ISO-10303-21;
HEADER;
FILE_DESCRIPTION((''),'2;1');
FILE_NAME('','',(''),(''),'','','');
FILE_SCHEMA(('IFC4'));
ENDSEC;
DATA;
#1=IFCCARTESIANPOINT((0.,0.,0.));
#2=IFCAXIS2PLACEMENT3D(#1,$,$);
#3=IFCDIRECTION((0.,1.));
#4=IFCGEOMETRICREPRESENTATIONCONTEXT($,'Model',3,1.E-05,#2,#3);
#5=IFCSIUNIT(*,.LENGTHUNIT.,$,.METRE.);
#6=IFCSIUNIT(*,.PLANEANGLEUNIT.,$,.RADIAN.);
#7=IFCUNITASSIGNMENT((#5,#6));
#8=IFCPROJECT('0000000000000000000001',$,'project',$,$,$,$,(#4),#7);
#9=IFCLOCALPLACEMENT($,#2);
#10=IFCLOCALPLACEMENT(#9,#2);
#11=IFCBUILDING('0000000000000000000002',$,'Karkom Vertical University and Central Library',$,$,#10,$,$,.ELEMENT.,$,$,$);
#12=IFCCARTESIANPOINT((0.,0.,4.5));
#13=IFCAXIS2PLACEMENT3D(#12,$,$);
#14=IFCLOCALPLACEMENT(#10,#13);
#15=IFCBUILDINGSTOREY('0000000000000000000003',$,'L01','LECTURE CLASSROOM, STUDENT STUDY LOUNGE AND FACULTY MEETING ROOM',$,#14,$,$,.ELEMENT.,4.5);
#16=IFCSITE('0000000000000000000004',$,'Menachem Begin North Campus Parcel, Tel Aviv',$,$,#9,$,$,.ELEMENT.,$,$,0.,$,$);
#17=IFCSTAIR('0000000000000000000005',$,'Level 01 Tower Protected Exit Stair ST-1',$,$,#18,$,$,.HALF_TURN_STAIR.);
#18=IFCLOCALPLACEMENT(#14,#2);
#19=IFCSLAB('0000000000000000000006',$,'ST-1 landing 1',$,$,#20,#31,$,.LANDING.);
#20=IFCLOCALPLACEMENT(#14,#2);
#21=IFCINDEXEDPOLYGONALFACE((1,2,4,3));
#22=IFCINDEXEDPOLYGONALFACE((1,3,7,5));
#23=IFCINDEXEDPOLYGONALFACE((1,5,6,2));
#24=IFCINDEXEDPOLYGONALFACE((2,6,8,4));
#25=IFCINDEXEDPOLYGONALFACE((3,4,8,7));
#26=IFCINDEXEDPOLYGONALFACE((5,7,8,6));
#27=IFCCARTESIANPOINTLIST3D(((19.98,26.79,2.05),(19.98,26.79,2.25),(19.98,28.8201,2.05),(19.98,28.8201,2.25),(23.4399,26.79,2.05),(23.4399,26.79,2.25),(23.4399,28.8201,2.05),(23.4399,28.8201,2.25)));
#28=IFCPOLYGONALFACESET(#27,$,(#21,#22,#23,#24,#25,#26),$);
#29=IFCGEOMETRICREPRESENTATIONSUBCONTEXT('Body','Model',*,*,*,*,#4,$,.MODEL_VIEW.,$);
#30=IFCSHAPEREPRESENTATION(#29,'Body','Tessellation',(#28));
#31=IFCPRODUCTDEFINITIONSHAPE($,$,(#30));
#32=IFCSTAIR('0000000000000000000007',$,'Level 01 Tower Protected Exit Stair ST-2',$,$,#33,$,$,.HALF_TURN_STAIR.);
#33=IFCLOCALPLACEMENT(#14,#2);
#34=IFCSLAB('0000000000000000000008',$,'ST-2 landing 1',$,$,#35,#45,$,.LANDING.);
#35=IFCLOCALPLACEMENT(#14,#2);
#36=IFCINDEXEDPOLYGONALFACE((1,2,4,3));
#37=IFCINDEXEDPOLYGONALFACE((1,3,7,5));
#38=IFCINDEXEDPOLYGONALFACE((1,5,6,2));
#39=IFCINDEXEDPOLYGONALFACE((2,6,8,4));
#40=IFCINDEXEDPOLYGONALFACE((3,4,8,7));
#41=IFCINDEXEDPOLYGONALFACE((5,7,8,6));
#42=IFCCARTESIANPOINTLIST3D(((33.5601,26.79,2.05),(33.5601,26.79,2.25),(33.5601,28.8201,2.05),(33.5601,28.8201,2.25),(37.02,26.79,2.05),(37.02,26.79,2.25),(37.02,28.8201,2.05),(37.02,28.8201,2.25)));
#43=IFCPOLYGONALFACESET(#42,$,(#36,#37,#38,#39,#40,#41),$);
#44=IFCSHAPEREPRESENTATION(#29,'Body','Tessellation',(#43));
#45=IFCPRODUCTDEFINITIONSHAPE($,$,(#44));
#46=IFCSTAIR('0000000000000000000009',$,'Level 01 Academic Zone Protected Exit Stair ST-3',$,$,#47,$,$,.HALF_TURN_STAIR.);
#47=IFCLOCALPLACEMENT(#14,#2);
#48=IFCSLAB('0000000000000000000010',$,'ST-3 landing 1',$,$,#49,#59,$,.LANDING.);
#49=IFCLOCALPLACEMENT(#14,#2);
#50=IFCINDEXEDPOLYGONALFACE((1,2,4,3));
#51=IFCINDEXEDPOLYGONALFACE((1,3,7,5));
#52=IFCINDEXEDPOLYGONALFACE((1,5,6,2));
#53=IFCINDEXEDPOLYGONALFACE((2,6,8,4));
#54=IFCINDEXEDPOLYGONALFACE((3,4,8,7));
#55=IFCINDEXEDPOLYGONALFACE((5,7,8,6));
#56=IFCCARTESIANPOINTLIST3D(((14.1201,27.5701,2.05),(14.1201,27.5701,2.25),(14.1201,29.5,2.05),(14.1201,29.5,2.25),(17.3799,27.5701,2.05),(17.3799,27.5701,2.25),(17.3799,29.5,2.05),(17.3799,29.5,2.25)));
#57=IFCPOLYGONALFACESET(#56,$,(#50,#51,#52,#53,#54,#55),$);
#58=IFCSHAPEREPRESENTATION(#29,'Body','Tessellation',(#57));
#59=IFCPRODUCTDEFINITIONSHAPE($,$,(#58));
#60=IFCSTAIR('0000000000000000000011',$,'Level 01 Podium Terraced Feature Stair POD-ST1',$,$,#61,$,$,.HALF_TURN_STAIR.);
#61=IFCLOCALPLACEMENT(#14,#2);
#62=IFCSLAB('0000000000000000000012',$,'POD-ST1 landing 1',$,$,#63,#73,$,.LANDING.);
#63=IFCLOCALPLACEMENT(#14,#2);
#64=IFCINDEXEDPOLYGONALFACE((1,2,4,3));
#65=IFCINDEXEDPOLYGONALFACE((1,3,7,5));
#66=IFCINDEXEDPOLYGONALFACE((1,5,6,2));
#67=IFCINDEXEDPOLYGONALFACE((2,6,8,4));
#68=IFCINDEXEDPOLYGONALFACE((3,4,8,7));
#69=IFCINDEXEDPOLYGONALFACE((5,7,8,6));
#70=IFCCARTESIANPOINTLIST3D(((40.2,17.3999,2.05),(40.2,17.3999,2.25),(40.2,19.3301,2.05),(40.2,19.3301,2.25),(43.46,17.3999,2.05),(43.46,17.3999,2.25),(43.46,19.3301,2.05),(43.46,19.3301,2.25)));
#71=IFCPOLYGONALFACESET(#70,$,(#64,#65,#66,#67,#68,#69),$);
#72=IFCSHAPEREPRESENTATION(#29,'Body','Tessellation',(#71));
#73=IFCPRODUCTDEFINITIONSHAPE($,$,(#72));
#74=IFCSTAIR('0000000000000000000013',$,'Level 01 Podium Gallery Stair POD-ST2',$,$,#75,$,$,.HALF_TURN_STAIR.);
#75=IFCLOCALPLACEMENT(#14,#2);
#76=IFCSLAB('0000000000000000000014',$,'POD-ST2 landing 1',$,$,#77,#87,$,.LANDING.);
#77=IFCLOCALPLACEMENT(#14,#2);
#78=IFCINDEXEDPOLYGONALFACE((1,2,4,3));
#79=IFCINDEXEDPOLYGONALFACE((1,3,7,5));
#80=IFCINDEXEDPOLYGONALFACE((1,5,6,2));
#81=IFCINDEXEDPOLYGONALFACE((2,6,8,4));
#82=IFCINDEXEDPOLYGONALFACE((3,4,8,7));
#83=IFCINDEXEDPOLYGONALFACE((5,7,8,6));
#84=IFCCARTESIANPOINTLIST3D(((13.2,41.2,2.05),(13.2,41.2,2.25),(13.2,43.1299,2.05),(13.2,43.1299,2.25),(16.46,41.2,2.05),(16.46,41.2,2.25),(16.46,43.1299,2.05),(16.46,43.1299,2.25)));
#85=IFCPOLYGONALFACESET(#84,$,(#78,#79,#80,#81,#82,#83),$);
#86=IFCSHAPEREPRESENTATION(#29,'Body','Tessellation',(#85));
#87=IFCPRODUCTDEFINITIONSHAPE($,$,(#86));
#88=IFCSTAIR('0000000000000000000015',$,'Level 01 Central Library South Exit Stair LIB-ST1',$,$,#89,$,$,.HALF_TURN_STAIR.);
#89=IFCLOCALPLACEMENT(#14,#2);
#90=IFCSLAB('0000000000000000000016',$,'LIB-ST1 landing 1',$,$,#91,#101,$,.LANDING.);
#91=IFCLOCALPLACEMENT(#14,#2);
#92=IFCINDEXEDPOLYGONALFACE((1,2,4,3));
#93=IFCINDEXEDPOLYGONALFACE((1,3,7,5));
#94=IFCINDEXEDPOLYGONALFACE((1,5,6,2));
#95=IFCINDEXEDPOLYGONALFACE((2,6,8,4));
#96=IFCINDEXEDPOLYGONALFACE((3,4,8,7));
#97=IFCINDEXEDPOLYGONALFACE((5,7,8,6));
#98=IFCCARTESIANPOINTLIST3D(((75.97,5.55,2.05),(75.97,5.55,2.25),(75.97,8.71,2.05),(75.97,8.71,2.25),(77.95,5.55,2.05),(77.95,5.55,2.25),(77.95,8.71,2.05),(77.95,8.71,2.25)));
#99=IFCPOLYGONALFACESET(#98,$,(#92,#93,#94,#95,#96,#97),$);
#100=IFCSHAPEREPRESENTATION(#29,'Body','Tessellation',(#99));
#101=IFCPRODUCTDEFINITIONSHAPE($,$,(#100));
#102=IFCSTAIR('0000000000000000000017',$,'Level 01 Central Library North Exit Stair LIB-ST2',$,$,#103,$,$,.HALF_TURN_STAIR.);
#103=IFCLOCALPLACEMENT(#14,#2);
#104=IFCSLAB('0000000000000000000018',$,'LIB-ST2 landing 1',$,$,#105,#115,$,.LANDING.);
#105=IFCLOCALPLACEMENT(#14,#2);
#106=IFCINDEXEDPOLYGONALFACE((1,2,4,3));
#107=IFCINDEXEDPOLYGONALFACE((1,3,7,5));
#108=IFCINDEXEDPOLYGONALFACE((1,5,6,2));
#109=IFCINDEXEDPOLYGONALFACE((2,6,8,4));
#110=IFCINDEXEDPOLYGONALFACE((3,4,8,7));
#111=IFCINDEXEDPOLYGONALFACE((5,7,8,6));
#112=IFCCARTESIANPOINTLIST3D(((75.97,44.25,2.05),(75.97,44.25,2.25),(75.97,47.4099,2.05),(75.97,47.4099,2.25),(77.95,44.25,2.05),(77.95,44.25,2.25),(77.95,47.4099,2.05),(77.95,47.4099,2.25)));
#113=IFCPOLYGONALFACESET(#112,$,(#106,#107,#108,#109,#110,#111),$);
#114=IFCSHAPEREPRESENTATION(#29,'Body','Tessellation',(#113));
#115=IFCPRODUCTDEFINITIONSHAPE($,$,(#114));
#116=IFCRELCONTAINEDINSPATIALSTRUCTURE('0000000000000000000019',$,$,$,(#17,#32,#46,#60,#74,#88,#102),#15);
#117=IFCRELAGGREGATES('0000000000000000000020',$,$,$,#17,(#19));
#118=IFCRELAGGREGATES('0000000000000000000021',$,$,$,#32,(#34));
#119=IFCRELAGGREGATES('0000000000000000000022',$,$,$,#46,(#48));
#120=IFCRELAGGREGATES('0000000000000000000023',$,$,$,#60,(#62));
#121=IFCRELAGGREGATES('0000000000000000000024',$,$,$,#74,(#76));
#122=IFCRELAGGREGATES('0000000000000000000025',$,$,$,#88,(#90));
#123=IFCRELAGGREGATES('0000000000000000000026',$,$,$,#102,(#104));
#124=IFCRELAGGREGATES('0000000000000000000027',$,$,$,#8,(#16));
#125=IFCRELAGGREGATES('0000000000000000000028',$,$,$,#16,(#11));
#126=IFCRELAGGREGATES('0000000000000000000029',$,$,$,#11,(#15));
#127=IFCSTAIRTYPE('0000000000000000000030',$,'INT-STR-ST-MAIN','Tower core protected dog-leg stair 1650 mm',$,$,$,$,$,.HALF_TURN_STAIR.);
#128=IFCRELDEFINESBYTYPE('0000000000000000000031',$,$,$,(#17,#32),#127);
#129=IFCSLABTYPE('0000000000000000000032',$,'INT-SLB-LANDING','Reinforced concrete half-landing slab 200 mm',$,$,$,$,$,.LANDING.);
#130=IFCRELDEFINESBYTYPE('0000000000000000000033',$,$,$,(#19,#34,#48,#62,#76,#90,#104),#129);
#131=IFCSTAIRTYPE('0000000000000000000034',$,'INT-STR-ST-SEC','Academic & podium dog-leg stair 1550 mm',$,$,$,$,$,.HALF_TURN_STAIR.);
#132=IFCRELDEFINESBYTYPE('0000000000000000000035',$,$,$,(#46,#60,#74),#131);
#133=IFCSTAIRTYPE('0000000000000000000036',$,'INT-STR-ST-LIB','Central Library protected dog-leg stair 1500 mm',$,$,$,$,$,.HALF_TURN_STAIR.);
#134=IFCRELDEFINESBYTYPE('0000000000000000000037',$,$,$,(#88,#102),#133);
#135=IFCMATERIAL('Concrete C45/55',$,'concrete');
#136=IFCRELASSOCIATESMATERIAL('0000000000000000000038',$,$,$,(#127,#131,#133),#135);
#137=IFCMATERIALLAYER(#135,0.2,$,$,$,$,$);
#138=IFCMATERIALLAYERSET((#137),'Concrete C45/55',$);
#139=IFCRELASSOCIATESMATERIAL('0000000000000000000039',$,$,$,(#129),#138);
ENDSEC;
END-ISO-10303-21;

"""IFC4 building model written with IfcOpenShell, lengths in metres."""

from ifc_helpers import new_model, si_unit, direction, frame, origin, place, context, subcontext, project, spatial, polyline, outline, extrude, material, layer, layer_set, type_object, element, aggregate, save


model = new_model("IFC4")

# Units and contexts
model_context = context("Model", 3, precision=1e-05, world=origin(), true_north=direction((0.0, 1.0)))
body_context = subcontext(model_context, "Body", "Model", "MODEL_VIEW")
ifc_project = project(units=[si_unit("LENGTHUNIT", "METRE"), si_unit("PLANEANGLEUNIT", "RADIAN")], contexts=[model_context])

# Site, building, storey
site_placement = place(None, origin())
site = spatial("IfcSite", under=ifc_project, at=site_placement, Name="Menachem Begin North Campus Parcel, Tel Aviv", CompositionType="ELEMENT", RefElevation=0.0)
building_placement = place(site_placement, origin())
building = spatial("IfcBuilding", under=site, at=building_placement, Name="Karkom Vertical University and Central Library", CompositionType="ELEMENT")
storey_placement = place(building_placement, frame((0.0, 0.0, 4.5)))
storey = spatial("IfcBuildingStorey", under=building, at=storey_placement, Name="L01", Description="LECTURE CLASSROOM, STUDENT STUDY LOUNGE AND FACULTY MEETING ROOM", CompositionType="ELEMENT", Elevation=4.5)

# Stairs, slabs
ifc_material_1 = material(Name="Concrete C45/55", Category="concrete")
stair_type_1 = type_object("IfcStairType", Name="INT-STR-ST-MAIN", Description="Tower core protected dog-leg stair 1650 mm", PredefinedType="HALF_TURN_STAIR", material=ifc_material_1)
stair_1_placement = place(storey_placement, origin())
stair_1 = element("IfcStair", 1, at=stair_1_placement, inside=storey, type_object=stair_type_1, Name="Level 01 Tower Protected Exit Stair ST-1", PredefinedType="HALF_TURN_STAIR")
ifc_layer_1 = layer(ifc_material_1, 0.2)
ifc_layer_set_1 = layer_set([ifc_layer_1], Name="Concrete C45/55")
slab_type_1 = type_object("IfcSlabType", Name="INT-SLB-LANDING", Description="Reinforced concrete half-landing slab 200 mm", PredefinedType="LANDING", material=ifc_layer_set_1)
slab_1_placement = place(storey_placement, frame((0.0, 0.0, 2.05)))
slab_1 = element("IfcSlab", 2, at=slab_1_placement, type_object=slab_type_1, Name="ST-1 landing 1", PredefinedType="LANDING", context=body_context, shape_type="SweptSolid", body=[
    extrude(outline(polyline([(23.4399, 26.79), (23.4399, 28.8201), (19.98, 28.8201), (19.98, 26.79), (23.4399, 26.79)])), origin(), (0.0, 0.0, 1.0), 0.2),
])
aggregate(stair_1, [slab_1])
stair_2_placement = place(storey_placement, origin())
stair_2 = element("IfcStair", 3, at=stair_2_placement, inside=storey, type_object=stair_type_1, Name="Level 01 Tower Protected Exit Stair ST-2", PredefinedType="HALF_TURN_STAIR")
slab_2_placement = place(storey_placement, frame((0.0, 0.0, 2.05)))
slab_2 = element("IfcSlab", 4, at=slab_2_placement, type_object=slab_type_1, Name="ST-2 landing 1", PredefinedType="LANDING", context=body_context, shape_type="SweptSolid", body=[
    extrude(outline(polyline([(37.02, 26.79), (37.02, 28.8201), (33.5601, 28.8201), (33.5601, 26.79), (37.02, 26.79)])), origin(), (0.0, 0.0, 1.0), 0.2),
])
aggregate(stair_2, [slab_2])
stair_type_2 = type_object("IfcStairType", Name="INT-STR-ST-SEC", Description="Academic & podium dog-leg stair 1550 mm", PredefinedType="HALF_TURN_STAIR", material=ifc_material_1)
stair_3_placement = place(storey_placement, origin())
stair_3 = element("IfcStair", 5, at=stair_3_placement, inside=storey, type_object=stair_type_2, Name="Level 01 Academic Zone Protected Exit Stair ST-3", PredefinedType="HALF_TURN_STAIR")
slab_3_placement = place(storey_placement, frame((0.0, 0.0, 2.05)))
slab_3 = element("IfcSlab", 6, at=slab_3_placement, type_object=slab_type_1, Name="ST-3 landing 1", PredefinedType="LANDING", context=body_context, shape_type="SweptSolid", body=[
    extrude(outline(polyline([(17.3799, 27.5701), (17.3799, 29.5), (14.1201, 29.5), (14.1201, 27.5701), (17.3799, 27.5701)])), origin(), (0.0, 0.0, 1.0), 0.2),
])
aggregate(stair_3, [slab_3])
stair_4_placement = place(storey_placement, origin())
stair_4 = element("IfcStair", 7, at=stair_4_placement, inside=storey, type_object=stair_type_2, Name="Level 01 Podium Terraced Feature Stair POD-ST1", PredefinedType="HALF_TURN_STAIR")
slab_4_placement = place(storey_placement, frame((0.0, 0.0, 2.05)))
slab_4 = element("IfcSlab", 8, at=slab_4_placement, type_object=slab_type_1, Name="POD-ST1 landing 1", PredefinedType="LANDING", context=body_context, shape_type="SweptSolid", body=[
    extrude(outline(polyline([(43.46, 17.3999), (43.46, 19.3301), (40.2, 19.3301), (40.2, 17.3999), (43.46, 17.3999)])), origin(), (0.0, 0.0, 1.0), 0.2),
])
aggregate(stair_4, [slab_4])
stair_5_placement = place(storey_placement, origin())
stair_5 = element("IfcStair", 9, at=stair_5_placement, inside=storey, type_object=stair_type_2, Name="Level 01 Podium Gallery Stair POD-ST2", PredefinedType="HALF_TURN_STAIR")
slab_5_placement = place(storey_placement, frame((0.0, 0.0, 2.05)))
slab_5 = element("IfcSlab", 10, at=slab_5_placement, type_object=slab_type_1, Name="POD-ST2 landing 1", PredefinedType="LANDING", context=body_context, shape_type="SweptSolid", body=[
    extrude(outline(polyline([(16.46, 41.2), (16.46, 43.1299), (13.2, 43.1299), (13.2, 41.2), (16.46, 41.2)])), origin(), (0.0, 0.0, 1.0), 0.2),
])
aggregate(stair_5, [slab_5])
stair_type_3 = type_object("IfcStairType", Name="INT-STR-ST-LIB", Description="Central Library protected dog-leg stair 1500 mm", PredefinedType="HALF_TURN_STAIR", material=ifc_material_1)
stair_6_placement = place(storey_placement, origin())
stair_6 = element("IfcStair", 11, at=stair_6_placement, inside=storey, type_object=stair_type_3, Name="Level 01 Central Library South Exit Stair LIB-ST1", PredefinedType="HALF_TURN_STAIR")
slab_6_placement = place(storey_placement, frame((0.0, 0.0, 2.05)))
slab_6 = element("IfcSlab", 12, at=slab_6_placement, type_object=slab_type_1, Name="LIB-ST1 landing 1", PredefinedType="LANDING", context=body_context, shape_type="SweptSolid", body=[
    extrude(outline(polyline([(75.97, 5.55), (77.95, 5.55), (77.95, 8.71), (75.97, 8.71), (75.97, 5.55)])), origin(), (0.0, 0.0, 1.0), 0.2),
])
aggregate(stair_6, [slab_6])
stair_7_placement = place(storey_placement, origin())
stair_7 = element("IfcStair", 13, at=stair_7_placement, inside=storey, type_object=stair_type_3, Name="Level 01 Central Library North Exit Stair LIB-ST2", PredefinedType="HALF_TURN_STAIR")
slab_7_placement = place(storey_placement, frame((0.0, 0.0, 2.05)))
slab_7 = element("IfcSlab", 14, at=slab_7_placement, type_object=slab_type_1, Name="LIB-ST2 landing 1", PredefinedType="LANDING", context=body_context, shape_type="SweptSolid", body=[
    extrude(outline(polyline([(75.97, 44.25), (77.95, 44.25), (77.95, 47.4099), (75.97, 47.4099), (75.97, 44.25)])), origin(), (0.0, 0.0, 1.0), 0.2),
])
aggregate(stair_7, [slab_7])

save(model, "model.ifc")
